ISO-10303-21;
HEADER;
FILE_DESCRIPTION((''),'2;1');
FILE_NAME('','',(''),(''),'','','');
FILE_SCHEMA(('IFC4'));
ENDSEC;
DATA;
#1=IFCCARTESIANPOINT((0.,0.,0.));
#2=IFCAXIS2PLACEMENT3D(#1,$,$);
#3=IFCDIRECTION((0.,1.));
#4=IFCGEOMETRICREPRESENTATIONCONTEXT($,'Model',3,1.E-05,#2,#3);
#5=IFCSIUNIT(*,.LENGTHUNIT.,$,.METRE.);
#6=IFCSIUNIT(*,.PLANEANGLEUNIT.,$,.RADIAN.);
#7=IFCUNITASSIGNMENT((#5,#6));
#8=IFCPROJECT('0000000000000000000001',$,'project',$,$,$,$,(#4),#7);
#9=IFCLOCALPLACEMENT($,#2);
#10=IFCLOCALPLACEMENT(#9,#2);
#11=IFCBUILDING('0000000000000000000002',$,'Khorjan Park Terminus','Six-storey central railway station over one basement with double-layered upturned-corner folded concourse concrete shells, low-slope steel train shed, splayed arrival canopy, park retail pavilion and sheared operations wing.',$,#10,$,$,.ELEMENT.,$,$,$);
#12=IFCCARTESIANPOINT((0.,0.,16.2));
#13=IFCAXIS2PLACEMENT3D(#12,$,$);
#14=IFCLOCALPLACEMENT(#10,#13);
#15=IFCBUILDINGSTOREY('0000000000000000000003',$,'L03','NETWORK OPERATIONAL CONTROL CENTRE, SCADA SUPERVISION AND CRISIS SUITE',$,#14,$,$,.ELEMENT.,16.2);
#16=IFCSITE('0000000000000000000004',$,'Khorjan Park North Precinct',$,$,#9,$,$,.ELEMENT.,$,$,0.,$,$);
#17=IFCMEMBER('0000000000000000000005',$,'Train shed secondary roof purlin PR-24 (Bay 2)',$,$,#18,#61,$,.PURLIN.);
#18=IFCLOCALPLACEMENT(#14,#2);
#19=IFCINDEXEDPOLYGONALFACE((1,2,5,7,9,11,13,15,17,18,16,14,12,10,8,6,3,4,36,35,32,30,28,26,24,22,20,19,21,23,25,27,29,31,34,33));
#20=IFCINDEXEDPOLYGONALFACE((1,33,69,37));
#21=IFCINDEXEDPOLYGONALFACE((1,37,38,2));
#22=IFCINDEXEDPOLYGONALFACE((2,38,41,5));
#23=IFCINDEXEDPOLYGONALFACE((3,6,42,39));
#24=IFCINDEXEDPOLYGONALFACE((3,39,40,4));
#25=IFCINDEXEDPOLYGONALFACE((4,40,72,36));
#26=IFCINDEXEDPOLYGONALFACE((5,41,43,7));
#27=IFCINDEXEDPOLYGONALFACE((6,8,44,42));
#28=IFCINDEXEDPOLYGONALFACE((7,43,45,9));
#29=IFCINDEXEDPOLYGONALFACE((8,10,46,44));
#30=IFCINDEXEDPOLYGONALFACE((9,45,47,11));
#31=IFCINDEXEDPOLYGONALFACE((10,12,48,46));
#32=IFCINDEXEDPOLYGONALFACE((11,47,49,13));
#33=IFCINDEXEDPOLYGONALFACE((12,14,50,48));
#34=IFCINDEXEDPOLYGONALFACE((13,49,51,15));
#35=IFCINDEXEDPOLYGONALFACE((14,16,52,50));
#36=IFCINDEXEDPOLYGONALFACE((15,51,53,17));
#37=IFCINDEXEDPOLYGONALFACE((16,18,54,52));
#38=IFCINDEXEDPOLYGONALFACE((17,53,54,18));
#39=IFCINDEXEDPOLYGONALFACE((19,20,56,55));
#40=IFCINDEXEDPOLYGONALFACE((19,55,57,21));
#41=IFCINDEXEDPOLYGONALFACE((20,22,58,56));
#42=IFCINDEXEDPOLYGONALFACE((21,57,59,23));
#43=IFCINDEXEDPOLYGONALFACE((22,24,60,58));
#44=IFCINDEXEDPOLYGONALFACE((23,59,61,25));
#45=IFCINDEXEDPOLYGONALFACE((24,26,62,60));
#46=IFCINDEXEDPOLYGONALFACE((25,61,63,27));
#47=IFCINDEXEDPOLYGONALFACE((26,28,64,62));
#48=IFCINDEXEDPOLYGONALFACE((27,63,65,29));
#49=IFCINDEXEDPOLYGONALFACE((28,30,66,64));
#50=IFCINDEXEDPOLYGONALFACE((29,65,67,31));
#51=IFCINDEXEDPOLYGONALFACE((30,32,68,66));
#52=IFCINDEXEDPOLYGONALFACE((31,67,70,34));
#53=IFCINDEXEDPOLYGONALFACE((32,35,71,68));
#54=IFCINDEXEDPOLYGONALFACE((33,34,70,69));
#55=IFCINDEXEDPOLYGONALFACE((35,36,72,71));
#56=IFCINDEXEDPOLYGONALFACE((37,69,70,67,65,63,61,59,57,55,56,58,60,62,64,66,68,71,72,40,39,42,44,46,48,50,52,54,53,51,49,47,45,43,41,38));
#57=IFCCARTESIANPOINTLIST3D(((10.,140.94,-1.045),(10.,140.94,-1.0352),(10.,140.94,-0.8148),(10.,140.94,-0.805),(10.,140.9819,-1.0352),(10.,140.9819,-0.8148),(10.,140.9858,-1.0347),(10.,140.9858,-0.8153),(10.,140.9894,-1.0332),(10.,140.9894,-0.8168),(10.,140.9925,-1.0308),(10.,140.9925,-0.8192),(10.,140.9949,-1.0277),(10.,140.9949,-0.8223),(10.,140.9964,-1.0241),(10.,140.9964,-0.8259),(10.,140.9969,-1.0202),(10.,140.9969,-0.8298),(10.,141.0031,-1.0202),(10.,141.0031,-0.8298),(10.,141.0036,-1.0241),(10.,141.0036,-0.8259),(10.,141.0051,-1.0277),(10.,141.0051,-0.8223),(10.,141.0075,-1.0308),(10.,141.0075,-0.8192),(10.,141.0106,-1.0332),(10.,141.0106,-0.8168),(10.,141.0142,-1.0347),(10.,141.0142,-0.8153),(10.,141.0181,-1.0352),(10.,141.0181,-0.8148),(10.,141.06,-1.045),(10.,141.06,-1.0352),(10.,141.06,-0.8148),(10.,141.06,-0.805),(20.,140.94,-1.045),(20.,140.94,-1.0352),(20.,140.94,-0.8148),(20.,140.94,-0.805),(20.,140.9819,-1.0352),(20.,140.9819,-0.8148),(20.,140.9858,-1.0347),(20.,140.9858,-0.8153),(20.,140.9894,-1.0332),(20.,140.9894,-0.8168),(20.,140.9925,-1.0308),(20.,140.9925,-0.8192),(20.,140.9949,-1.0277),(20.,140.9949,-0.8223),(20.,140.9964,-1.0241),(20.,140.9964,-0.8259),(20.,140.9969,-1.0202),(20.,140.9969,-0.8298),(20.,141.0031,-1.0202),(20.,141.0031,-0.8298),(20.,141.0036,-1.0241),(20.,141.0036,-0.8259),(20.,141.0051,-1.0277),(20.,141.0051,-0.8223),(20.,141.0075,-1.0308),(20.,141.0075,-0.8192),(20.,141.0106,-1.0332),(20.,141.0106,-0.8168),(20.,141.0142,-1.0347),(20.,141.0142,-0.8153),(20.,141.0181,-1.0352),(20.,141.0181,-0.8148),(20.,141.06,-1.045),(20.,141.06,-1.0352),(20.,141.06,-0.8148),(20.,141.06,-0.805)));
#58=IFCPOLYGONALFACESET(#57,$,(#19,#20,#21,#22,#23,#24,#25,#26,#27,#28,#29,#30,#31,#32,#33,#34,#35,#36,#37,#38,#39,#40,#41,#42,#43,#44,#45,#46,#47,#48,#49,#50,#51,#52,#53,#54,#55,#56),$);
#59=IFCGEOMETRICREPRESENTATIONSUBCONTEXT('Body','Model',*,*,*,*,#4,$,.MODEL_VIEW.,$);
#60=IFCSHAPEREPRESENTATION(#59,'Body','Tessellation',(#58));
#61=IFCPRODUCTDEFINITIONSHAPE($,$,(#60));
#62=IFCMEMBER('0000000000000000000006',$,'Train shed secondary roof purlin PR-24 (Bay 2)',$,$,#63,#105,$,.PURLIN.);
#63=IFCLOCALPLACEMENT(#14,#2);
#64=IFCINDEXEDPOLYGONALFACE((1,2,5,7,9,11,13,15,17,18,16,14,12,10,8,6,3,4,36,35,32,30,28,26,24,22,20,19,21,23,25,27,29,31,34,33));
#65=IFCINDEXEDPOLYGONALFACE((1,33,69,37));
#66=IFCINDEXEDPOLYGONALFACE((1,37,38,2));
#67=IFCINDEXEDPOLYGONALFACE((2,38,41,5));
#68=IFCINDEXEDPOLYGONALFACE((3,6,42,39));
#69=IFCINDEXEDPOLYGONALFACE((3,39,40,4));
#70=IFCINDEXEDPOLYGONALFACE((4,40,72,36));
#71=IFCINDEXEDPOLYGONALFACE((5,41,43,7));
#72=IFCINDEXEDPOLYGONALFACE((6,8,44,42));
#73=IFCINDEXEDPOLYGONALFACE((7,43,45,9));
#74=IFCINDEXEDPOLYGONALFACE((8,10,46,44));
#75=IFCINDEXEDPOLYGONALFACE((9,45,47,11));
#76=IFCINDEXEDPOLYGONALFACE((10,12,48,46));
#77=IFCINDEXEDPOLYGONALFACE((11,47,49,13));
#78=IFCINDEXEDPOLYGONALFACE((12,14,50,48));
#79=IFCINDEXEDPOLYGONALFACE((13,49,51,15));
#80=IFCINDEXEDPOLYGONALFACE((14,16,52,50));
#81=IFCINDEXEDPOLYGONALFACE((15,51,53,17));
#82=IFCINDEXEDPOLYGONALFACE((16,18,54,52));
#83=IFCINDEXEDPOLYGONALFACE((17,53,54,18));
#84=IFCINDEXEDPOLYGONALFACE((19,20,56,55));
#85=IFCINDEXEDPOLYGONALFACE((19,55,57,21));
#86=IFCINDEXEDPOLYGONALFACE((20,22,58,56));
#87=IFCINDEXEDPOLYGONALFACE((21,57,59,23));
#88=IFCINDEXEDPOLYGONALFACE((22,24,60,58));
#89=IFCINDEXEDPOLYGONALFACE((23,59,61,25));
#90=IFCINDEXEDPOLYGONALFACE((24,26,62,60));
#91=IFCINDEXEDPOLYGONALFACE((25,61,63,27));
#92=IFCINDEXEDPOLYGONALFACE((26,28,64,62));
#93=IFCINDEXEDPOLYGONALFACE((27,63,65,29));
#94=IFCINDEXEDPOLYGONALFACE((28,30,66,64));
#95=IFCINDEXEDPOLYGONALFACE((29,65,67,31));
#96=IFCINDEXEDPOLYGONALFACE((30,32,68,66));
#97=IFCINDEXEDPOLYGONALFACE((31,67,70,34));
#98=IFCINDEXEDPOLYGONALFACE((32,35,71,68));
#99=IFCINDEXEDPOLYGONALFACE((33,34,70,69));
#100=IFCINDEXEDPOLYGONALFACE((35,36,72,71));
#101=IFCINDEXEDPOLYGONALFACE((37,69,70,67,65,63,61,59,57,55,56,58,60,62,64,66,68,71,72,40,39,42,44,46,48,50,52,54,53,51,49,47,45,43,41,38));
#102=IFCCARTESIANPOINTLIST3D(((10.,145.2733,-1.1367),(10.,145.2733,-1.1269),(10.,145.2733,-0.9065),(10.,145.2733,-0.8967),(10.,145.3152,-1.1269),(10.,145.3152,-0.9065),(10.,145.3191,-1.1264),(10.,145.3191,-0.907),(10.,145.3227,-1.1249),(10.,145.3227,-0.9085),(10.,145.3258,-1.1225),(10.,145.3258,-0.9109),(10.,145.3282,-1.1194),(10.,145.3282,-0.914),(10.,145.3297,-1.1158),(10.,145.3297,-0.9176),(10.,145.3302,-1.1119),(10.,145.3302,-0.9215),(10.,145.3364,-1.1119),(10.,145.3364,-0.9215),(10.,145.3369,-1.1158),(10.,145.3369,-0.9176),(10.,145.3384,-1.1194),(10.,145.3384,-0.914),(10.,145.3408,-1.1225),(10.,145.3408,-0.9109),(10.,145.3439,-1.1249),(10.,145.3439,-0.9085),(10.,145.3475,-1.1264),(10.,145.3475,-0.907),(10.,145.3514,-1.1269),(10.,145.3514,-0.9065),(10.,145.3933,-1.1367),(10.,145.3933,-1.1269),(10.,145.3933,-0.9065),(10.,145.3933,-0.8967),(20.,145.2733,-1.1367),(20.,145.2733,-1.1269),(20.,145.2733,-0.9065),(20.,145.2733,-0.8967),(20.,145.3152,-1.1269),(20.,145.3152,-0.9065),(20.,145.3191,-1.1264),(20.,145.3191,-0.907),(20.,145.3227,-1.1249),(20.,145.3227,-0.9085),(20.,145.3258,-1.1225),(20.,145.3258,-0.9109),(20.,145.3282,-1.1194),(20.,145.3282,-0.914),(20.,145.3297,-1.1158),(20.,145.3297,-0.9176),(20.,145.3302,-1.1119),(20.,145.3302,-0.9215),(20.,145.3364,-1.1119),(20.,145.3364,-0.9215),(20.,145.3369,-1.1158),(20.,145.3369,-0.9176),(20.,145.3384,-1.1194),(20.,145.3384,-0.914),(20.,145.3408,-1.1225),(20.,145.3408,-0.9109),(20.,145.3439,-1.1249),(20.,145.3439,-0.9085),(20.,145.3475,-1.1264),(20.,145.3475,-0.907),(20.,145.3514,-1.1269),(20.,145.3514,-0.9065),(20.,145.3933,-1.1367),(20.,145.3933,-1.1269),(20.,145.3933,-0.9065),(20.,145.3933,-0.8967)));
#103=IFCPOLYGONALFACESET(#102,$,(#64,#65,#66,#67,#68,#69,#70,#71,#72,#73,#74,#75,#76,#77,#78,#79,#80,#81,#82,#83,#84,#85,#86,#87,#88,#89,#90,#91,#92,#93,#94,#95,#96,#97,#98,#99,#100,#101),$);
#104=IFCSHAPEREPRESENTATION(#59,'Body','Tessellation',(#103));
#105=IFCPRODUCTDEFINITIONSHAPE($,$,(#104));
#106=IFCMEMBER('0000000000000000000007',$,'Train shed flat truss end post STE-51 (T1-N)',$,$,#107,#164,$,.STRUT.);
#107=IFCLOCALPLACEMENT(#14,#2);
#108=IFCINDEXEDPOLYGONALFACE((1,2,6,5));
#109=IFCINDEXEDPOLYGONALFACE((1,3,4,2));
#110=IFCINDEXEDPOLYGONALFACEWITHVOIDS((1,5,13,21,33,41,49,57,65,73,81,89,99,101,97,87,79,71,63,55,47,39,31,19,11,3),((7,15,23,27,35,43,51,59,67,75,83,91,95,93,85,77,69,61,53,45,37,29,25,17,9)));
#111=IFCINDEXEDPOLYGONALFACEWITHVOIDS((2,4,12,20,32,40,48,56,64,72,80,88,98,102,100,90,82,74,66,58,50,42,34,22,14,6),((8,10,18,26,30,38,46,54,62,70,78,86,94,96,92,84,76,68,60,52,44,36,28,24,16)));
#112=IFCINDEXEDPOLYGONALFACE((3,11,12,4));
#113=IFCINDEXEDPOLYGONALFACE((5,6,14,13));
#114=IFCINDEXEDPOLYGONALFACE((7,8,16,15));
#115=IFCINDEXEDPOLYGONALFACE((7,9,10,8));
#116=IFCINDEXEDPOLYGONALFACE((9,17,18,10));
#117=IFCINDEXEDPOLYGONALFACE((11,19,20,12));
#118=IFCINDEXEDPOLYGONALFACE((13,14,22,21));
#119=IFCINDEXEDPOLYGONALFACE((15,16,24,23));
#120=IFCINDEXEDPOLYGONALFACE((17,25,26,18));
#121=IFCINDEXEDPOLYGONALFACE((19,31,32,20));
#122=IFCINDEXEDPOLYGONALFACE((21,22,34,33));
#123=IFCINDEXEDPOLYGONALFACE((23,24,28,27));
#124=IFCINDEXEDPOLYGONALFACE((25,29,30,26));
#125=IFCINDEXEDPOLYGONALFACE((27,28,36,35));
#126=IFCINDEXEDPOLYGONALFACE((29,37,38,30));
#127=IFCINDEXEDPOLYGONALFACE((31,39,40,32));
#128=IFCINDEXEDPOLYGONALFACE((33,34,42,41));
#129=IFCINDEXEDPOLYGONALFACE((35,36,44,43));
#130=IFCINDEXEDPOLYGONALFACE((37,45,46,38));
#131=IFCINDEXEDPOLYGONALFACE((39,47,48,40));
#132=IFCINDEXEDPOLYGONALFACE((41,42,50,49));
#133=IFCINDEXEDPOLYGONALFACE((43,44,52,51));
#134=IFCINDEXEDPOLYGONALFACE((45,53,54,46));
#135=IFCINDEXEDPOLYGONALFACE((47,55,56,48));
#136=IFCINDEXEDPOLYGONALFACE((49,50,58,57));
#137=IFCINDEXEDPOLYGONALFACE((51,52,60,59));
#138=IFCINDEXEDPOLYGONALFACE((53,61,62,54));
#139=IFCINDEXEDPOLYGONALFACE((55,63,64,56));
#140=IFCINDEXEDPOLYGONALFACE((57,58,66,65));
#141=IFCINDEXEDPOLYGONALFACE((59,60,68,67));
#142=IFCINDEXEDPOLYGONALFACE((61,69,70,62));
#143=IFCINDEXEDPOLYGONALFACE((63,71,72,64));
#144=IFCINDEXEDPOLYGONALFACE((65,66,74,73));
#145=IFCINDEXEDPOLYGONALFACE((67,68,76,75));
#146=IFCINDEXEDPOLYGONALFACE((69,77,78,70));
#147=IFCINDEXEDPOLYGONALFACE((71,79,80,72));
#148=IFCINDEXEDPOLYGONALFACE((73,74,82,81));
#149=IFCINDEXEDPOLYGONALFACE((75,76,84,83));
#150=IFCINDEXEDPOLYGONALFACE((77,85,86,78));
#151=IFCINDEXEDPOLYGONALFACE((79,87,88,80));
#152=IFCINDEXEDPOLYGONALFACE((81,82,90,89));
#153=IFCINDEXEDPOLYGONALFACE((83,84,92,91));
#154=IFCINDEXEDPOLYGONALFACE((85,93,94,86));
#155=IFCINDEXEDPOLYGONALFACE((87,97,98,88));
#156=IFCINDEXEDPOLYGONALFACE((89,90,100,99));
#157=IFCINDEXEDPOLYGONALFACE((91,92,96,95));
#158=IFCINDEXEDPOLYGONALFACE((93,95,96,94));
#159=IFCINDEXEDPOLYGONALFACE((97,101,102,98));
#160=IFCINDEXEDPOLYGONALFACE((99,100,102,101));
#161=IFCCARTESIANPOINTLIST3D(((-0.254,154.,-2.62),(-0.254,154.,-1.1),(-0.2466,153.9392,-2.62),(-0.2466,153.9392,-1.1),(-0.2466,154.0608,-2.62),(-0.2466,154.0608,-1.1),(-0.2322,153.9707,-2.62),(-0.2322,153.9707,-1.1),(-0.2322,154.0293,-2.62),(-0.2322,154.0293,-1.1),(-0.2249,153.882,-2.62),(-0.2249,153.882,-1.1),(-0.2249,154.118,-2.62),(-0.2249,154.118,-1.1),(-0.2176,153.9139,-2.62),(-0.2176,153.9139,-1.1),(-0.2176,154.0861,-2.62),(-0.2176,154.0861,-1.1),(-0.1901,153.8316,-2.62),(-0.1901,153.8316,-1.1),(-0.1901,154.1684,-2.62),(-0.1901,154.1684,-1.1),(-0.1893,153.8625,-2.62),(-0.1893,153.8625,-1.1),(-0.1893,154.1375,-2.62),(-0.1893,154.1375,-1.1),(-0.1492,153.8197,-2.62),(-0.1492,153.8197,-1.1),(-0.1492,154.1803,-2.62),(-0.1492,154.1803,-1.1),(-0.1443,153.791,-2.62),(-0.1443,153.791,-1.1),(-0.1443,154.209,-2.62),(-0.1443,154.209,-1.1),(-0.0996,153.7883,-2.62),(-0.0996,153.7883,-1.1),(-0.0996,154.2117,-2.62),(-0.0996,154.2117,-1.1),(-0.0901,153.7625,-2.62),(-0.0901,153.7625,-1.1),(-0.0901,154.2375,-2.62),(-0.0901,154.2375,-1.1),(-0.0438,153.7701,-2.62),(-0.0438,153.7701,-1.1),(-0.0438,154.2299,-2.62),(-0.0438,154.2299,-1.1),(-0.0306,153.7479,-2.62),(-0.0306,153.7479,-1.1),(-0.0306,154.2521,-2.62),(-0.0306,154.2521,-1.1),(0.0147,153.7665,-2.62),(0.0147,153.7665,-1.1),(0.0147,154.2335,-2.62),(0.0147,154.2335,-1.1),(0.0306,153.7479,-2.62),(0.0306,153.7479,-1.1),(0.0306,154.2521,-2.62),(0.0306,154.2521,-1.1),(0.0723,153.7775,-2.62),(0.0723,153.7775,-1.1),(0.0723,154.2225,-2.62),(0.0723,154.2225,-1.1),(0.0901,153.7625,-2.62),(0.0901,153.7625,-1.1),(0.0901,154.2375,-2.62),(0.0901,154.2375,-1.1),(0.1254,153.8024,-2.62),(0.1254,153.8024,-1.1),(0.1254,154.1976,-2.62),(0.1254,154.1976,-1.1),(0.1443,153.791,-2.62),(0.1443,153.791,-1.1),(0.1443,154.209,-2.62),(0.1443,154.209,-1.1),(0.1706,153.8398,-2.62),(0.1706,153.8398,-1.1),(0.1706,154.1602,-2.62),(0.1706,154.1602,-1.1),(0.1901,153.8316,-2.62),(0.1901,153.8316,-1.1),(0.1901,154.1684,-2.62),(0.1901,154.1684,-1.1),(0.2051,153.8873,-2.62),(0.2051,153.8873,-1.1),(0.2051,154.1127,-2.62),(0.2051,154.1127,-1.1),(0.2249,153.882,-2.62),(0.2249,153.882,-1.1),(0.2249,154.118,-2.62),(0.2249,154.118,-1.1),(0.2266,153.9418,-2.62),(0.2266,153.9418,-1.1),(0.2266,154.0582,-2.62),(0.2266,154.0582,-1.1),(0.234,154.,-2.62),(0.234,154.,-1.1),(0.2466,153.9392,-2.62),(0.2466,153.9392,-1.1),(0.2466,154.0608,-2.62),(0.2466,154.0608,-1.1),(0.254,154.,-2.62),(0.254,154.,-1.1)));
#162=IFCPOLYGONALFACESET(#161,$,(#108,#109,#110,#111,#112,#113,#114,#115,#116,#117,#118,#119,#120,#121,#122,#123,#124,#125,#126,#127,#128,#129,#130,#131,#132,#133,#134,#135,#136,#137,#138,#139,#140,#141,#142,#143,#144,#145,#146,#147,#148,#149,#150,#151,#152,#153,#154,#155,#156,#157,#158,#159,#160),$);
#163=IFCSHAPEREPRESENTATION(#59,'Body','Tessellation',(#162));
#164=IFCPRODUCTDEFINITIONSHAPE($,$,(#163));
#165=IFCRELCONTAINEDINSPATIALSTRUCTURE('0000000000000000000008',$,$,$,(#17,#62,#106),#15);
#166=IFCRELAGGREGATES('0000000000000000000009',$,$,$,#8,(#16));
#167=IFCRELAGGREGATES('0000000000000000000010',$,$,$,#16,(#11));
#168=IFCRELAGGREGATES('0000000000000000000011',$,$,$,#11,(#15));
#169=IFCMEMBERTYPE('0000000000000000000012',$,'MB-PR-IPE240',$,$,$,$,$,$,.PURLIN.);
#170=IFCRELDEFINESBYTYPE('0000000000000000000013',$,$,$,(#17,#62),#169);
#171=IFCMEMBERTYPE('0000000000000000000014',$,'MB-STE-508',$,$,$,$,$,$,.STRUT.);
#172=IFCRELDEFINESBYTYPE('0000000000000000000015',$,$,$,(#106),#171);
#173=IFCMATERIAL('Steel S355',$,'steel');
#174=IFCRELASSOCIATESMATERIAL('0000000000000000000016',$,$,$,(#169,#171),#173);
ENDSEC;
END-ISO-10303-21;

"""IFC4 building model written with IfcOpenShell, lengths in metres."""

from ifc_helpers import new_model, si_unit, direction, frame, origin, origin_2d, place, context, subcontext, project, spatial, hollow_circle, i_section, extrude, material, material_profile, profile_set, type_object, element, save


model = new_model("IFC4")

# Units and contexts
model_context = context("Model", 3, precision=1e-05, world=origin(), true_north=direction((0.0, 1.0)))
body_context = subcontext(model_context, "Body", "Model", "MODEL_VIEW")
ifc_project = project(units=[si_unit("LENGTHUNIT", "METRE"), si_unit("PLANEANGLEUNIT", "RADIAN")], contexts=[model_context])

# Site, building, storey
site_placement = place(None, origin())
site = spatial("IfcSite", under=ifc_project, at=site_placement, Name="Khorjan Park North Precinct", CompositionType="ELEMENT", RefElevation=0.0)
building_placement = place(site_placement, origin())
building = spatial("IfcBuilding", under=site, at=building_placement, Name="Khorjan Park Terminus", Description="Six-storey central railway station over one basement with double-layered upturned-corner folded concourse concrete shells, low-slope steel train shed, splayed arrival canopy, park retail pavilion and sheared operations wing.", CompositionType="ELEMENT")
storey_placement = place(building_placement, frame((0.0, 0.0, 16.2)))
storey = spatial("IfcBuildingStorey", under=building, at=storey_placement, Name="L03", Description="NETWORK OPERATIONAL CONTROL CENTRE, SCADA SUPERVISION AND CRISIS SUITE", CompositionType="ELEMENT", Elevation=16.2)

# Members
ifc_material = material(Name="Steel S355", Category="steel")
ifc_material_profile_1 = material_profile(ifc_material, i_section(OverallWidth=0.12, OverallDepth=0.24, WebThickness=0.0062, FlangeThickness=0.0098, FilletRadius=0.015, at=origin_2d()), Name="IPE 240")
ifc_profile_set_1 = profile_set([ifc_material_profile_1], Name="Steel S355")
member_type_1 = type_object("IfcMemberType", Name="MB-PR-IPE240", PredefinedType="PURLIN", material=ifc_profile_set_1)
for number, where, z_axis, x_axis, name in (
    (1, (10.0, 141.0, -0.925), (1.0, 0.0, 0.0), (0.0, 1.0, 0.0), "Train shed secondary roof purlin PR-24 (Bay 2)"),
    (2, (10.0, 145.3333, -1.0167), (1.0, 0.0, 0.0), (0.0, 1.0, 0.0), "Train shed secondary roof purlin PR-24 (Bay 2)"),
):
    element("IfcMember", number, at=place(storey_placement, frame(where, z_axis=z_axis, x_axis=x_axis)), inside=storey, type_object=member_type_1, Name=name, PredefinedType="PURLIN", context=body_context, shape_type="SweptSolid", body=[
        extrude(i_section(OverallWidth=0.12, OverallDepth=0.24, WebThickness=0.0062, FlangeThickness=0.0098, FilletRadius=0.015, at=origin_2d()), origin(), (0.0, 0.0, 1.0), 10.0),
    ])
ifc_material_profile_2 = material_profile(ifc_material, hollow_circle(Radius=0.254, WallThickness=0.02, at=origin_2d()), Name="CHS 508x20")
ifc_profile_set_2 = profile_set([ifc_material_profile_2], Name="Steel S355")
member_type_2 = type_object("IfcMemberType", Name="MB-STE-508", PredefinedType="STRUT", material=ifc_profile_set_2)
member_1_placement = place(storey_placement, frame((0.0, 154.0, -2.62), z_axis=(0.0, 0.0, 1.0), x_axis=(1.0, 0.0, 0.0)))
element("IfcMember", 3, at=member_1_placement, inside=storey, type_object=member_type_2, Name="Train shed flat truss end post STE-51 (T1-N)", PredefinedType="STRUT", context=body_context, shape_type="SweptSolid", body=[
    extrude(hollow_circle(Radius=0.254, WallThickness=0.02, at=origin_2d()), origin(), (0.0, 0.0, 1.0), 1.52),
])

save(model, "model.ifc")
